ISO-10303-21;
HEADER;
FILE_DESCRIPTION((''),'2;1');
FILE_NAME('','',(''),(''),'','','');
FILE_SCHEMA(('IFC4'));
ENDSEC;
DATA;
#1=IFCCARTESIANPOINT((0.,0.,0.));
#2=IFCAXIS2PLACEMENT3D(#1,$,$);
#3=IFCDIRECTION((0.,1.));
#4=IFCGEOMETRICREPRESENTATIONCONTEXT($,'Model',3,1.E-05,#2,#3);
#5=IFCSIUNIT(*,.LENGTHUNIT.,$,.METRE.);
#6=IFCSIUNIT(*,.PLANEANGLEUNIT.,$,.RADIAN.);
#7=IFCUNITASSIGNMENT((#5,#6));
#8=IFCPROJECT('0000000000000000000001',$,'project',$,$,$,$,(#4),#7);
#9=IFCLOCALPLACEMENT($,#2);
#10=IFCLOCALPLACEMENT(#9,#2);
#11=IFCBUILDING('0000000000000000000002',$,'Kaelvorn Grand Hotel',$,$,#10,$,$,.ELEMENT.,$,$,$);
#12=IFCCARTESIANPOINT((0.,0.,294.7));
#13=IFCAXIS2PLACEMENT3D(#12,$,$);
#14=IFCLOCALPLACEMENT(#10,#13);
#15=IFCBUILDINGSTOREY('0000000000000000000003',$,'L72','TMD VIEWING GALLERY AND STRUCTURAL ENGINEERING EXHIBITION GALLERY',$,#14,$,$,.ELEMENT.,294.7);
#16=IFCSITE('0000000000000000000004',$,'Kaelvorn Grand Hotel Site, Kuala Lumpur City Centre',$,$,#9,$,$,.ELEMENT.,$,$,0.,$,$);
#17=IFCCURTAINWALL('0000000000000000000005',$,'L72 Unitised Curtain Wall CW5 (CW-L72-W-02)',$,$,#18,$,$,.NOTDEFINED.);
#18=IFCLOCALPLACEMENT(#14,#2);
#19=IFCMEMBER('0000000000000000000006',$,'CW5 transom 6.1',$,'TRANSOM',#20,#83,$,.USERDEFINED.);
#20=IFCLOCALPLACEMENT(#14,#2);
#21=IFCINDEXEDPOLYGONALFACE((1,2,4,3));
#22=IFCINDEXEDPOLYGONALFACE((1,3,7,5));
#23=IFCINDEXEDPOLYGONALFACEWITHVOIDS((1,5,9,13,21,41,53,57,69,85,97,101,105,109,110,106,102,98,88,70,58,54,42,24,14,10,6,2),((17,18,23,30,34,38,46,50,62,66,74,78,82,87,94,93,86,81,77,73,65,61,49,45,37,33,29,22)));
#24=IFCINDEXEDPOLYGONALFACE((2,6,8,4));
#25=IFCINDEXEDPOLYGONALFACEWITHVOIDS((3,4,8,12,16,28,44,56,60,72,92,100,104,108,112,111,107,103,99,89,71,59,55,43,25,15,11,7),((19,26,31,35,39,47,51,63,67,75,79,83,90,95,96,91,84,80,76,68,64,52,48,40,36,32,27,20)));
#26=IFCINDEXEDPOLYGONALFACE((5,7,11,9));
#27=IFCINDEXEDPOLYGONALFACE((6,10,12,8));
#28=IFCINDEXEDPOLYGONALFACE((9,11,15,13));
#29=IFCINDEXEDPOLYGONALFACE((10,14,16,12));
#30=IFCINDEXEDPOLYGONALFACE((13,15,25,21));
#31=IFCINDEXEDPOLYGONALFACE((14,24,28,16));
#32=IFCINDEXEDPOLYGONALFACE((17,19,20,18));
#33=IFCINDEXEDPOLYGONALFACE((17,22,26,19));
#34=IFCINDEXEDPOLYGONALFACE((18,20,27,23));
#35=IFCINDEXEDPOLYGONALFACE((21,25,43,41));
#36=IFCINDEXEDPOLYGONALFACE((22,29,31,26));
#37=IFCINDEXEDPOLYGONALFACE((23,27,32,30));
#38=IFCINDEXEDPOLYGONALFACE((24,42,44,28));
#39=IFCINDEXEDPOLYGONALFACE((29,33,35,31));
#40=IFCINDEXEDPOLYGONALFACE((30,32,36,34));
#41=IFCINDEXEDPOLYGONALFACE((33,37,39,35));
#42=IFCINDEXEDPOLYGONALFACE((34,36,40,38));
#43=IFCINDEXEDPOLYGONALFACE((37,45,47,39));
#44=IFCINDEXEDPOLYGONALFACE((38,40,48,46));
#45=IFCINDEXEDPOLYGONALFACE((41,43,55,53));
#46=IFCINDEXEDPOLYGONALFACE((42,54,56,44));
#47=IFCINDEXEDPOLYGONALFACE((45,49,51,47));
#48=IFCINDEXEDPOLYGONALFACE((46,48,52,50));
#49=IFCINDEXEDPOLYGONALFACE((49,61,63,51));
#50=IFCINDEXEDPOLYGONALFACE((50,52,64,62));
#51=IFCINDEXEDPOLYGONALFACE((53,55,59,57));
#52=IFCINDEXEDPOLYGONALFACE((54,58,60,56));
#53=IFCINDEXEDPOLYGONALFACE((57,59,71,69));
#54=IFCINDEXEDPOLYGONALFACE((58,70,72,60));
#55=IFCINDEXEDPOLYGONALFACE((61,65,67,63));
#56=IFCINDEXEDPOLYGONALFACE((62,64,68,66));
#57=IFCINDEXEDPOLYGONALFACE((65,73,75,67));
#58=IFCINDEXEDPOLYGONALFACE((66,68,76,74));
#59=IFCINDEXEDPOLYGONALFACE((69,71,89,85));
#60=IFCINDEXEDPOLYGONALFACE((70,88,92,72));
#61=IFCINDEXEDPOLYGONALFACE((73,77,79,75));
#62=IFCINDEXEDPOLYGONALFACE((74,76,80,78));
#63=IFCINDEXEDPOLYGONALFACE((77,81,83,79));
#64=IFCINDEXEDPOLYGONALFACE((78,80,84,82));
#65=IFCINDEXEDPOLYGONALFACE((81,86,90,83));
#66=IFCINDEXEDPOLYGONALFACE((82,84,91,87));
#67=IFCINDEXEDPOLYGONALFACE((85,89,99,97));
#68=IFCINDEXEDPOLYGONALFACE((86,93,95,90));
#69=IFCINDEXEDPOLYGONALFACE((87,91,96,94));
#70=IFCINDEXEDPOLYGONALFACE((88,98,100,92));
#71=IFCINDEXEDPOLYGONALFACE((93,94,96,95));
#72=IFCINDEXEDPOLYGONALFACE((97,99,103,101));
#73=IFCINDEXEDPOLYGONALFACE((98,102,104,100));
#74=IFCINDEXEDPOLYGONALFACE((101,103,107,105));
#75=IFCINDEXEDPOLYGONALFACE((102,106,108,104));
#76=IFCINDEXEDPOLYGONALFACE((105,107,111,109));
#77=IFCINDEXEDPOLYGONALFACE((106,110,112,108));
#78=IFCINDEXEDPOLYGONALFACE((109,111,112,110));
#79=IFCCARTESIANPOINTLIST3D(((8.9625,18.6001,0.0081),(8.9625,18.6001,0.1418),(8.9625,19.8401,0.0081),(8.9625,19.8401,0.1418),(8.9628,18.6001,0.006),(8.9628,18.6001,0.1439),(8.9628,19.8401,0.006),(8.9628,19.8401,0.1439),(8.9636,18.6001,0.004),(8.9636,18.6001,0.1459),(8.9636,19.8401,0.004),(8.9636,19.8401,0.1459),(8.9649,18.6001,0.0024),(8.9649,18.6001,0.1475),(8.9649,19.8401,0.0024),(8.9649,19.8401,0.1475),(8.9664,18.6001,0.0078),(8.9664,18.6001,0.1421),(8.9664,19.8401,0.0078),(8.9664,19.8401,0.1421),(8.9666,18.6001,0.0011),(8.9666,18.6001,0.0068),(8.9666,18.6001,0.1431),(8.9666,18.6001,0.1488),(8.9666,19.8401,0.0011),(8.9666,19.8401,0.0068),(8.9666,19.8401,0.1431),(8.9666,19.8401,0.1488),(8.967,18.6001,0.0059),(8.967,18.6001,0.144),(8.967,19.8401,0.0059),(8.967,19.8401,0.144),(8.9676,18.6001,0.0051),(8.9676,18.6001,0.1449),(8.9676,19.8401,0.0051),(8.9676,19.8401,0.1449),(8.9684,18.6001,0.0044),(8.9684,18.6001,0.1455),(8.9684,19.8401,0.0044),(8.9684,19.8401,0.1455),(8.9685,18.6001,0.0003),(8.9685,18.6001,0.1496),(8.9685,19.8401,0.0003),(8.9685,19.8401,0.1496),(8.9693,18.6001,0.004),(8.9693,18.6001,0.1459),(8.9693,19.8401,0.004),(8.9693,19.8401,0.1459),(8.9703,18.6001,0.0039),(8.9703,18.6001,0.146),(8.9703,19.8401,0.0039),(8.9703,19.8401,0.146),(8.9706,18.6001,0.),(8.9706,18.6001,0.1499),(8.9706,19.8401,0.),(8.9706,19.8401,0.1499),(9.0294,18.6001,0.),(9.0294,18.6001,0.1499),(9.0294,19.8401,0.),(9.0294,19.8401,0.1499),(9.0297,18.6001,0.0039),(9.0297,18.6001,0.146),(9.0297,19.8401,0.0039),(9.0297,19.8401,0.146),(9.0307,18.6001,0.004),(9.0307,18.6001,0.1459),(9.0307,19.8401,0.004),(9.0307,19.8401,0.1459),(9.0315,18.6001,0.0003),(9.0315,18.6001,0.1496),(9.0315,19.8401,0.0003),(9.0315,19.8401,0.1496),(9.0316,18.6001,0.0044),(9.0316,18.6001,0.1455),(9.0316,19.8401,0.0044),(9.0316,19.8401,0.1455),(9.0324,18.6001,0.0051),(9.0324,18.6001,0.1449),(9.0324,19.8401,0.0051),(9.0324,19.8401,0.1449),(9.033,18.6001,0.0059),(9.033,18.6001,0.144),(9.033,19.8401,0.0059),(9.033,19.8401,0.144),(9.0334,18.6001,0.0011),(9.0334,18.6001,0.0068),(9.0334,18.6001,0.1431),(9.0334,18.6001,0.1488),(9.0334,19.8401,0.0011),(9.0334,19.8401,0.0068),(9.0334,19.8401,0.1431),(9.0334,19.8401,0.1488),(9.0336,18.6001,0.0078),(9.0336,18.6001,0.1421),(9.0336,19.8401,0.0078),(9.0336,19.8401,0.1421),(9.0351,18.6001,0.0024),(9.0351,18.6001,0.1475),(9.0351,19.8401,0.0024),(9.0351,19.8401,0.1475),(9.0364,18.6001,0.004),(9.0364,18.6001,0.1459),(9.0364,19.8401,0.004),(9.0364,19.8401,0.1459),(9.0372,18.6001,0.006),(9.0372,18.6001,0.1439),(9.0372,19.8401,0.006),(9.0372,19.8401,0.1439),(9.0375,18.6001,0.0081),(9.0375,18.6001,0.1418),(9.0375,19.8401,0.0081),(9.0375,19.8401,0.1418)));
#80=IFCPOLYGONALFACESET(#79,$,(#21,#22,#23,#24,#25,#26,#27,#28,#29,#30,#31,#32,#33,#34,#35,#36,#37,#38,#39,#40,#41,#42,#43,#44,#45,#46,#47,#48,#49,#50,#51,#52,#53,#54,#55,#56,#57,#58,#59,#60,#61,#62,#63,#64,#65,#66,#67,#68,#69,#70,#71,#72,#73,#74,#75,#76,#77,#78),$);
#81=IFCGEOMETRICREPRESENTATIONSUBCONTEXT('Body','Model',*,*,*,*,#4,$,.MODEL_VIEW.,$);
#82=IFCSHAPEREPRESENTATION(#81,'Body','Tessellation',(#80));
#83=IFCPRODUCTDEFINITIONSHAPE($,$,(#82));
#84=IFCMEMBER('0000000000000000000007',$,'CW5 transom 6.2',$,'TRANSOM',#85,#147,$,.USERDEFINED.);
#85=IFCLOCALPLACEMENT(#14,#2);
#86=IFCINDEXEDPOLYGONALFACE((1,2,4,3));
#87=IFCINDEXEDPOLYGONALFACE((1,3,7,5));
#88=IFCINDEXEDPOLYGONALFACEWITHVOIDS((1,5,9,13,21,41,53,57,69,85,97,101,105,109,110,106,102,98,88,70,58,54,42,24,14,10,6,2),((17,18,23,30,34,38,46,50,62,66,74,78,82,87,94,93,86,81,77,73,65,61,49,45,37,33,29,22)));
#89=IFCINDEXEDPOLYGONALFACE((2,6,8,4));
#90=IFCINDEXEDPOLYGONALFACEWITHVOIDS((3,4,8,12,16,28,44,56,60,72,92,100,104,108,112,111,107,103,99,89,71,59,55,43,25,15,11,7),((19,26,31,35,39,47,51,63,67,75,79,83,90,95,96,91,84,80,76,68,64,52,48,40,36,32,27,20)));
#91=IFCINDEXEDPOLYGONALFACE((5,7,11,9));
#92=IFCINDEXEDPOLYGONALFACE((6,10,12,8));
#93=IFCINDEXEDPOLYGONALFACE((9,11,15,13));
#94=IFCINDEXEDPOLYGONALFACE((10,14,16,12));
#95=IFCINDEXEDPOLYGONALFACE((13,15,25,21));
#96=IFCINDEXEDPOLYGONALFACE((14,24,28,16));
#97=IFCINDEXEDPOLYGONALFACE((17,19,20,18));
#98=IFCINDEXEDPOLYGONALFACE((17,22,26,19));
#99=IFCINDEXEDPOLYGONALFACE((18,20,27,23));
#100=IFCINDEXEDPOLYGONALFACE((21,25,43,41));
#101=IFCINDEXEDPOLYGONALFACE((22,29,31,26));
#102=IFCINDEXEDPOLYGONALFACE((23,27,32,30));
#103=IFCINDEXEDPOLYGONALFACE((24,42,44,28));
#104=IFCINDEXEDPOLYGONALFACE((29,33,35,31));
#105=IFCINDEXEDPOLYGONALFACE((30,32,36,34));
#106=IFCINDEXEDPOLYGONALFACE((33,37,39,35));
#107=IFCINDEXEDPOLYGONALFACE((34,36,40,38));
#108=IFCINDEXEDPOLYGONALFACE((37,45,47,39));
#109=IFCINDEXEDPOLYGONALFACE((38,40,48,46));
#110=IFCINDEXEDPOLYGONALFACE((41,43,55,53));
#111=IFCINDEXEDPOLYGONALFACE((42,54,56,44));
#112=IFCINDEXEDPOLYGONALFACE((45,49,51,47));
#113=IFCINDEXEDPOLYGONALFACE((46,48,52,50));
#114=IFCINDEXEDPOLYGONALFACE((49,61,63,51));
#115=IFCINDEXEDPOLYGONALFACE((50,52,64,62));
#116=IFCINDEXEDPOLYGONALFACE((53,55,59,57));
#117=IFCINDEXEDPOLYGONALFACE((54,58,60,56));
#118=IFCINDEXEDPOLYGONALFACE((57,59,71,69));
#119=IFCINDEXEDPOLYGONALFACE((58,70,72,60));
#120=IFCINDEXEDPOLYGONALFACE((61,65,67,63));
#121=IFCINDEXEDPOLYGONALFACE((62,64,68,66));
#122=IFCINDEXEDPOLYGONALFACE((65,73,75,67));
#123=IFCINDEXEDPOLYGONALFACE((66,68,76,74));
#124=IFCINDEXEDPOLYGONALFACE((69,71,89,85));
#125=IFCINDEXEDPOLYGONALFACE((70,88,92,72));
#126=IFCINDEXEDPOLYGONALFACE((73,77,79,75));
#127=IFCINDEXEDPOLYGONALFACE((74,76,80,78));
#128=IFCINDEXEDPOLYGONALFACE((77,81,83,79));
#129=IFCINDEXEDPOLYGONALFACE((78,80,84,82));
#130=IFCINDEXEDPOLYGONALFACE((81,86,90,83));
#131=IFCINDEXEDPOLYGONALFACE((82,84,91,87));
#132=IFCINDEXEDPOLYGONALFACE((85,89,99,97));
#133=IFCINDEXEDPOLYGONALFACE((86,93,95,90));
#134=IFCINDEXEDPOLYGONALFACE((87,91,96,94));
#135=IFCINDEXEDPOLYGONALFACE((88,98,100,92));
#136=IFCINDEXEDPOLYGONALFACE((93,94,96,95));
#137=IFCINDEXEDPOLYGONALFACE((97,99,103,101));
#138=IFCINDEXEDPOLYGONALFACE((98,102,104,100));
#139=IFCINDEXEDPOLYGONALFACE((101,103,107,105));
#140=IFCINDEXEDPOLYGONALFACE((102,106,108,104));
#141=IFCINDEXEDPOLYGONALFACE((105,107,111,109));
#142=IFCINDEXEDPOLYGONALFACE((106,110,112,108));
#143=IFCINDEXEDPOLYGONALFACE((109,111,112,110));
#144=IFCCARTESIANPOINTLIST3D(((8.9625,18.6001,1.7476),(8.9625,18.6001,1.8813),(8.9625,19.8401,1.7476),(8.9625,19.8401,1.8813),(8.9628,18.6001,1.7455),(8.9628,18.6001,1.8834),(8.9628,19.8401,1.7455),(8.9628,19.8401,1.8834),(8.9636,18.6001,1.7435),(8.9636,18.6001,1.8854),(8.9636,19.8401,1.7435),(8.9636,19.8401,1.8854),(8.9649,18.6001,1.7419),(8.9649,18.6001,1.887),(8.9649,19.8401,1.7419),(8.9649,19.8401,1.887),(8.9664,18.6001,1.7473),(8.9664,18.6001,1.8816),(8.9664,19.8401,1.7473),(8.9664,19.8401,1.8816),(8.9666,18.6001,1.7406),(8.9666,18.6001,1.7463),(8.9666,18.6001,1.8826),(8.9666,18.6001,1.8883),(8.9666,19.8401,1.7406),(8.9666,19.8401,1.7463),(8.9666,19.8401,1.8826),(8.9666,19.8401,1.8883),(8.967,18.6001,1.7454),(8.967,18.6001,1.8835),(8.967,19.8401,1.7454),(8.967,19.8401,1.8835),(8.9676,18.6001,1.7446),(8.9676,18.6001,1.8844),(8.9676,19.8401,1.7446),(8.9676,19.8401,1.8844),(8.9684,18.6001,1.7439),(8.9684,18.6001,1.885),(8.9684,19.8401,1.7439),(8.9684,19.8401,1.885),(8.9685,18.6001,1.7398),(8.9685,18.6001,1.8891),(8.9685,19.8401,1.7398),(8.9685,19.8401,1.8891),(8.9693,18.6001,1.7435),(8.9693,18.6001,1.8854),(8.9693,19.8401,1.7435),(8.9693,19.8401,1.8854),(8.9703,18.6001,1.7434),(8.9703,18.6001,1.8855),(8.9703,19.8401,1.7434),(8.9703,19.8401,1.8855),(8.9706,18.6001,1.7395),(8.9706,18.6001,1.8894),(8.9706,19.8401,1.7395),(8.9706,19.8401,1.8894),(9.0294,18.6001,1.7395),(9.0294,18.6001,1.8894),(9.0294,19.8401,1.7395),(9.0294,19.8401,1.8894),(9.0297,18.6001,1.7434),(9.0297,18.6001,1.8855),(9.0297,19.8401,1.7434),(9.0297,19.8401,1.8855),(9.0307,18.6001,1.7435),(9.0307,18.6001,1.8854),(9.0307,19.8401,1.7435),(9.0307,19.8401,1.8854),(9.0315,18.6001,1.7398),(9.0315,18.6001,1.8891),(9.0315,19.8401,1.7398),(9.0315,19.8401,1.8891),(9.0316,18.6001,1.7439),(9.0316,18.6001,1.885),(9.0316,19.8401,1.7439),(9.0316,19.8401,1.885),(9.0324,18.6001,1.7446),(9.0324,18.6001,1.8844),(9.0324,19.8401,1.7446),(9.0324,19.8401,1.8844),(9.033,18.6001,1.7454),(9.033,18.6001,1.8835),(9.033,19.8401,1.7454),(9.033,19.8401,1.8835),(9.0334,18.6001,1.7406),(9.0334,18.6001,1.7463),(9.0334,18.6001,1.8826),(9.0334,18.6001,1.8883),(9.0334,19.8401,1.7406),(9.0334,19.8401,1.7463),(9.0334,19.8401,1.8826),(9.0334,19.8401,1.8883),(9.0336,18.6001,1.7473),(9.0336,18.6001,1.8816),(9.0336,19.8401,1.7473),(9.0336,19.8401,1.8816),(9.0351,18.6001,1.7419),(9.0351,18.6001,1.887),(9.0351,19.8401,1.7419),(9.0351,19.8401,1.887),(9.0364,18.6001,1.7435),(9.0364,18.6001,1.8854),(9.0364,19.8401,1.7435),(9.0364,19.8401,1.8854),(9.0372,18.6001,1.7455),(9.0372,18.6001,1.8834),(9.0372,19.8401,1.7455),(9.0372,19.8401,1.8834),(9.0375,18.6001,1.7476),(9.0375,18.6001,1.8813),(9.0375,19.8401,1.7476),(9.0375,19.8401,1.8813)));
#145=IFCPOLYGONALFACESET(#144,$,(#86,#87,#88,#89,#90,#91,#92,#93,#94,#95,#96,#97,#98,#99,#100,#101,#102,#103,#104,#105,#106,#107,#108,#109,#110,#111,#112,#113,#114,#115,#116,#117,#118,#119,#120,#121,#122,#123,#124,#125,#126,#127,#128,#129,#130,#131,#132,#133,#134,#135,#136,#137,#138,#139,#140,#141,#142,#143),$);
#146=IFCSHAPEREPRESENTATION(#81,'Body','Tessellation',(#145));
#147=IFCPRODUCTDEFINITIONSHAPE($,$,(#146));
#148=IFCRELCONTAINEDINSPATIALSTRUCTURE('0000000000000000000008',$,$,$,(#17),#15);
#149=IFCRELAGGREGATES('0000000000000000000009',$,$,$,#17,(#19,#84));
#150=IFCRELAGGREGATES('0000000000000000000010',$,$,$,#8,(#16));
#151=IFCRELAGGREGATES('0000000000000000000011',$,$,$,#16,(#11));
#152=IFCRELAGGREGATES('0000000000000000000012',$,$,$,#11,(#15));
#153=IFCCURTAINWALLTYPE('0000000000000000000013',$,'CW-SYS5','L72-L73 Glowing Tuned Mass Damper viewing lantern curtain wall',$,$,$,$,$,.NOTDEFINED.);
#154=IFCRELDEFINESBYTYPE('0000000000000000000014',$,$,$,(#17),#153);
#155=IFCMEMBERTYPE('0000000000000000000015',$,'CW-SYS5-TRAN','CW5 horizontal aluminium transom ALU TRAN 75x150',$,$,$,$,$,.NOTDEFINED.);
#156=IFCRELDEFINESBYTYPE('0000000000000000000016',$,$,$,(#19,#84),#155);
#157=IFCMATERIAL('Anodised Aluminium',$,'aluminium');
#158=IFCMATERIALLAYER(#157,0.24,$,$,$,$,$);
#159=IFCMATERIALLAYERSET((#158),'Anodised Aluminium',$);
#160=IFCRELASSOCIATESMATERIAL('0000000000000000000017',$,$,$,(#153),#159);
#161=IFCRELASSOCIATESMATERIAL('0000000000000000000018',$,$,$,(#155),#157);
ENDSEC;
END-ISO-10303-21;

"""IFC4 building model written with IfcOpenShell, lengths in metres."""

from ifc_helpers import new_model, si_unit, direction, frame, origin, origin_2d, place, context, subcontext, project, spatial, hollow_rectangle, extrude, material, layer, layer_set, material_profile, profile_set, type_object, element, aggregate, save


model = new_model("IFC4")

# Units and contexts
model_context = context("Model", 3, precision=1e-05, world=origin(), true_north=direction((0.0, 1.0)))
body_context = subcontext(model_context, "Body", "Model", "MODEL_VIEW")
ifc_project = project(units=[si_unit("LENGTHUNIT", "METRE"), si_unit("PLANEANGLEUNIT", "RADIAN")], contexts=[model_context])

# Site, building, storey
site_placement = place(None, origin())
site = spatial("IfcSite", under=ifc_project, at=site_placement, Name="Kaelvorn Grand Hotel Site, Kuala Lumpur City Centre", CompositionType="ELEMENT", RefElevation=0.0)
building_placement = place(site_placement, origin())
building = spatial("IfcBuilding", under=site, at=building_placement, Name="Kaelvorn Grand Hotel", CompositionType="ELEMENT")
storey_placement = place(building_placement, frame((0.0, 0.0, 294.7)))
storey = spatial("IfcBuildingStorey", under=building, at=storey_placement, Name="L72", Description="TMD VIEWING GALLERY AND STRUCTURAL ENGINEERING EXHIBITION GALLERY", CompositionType="ELEMENT", Elevation=294.7)

# Curtain wall, members
ifc_material_1 = material(Name="Anodised Aluminium", Category="aluminium")
ifc_layer_1 = layer(ifc_material_1, 0.24)
ifc_layer_set_1 = layer_set([ifc_layer_1], Name="Anodised Aluminium")
curtain_wall_type = type_object("IfcCurtainWallType", Name="CW-SYS5", Description="L72-L73 Glowing Tuned Mass Damper viewing lantern curtain wall", PredefinedType="NOTDEFINED", material=ifc_layer_set_1)
curtain_wall_placement = place(storey_placement, origin())
curtain_wall = element("IfcCurtainWall", 1, at=curtain_wall_placement, inside=storey, type_object=curtain_wall_type, Name="L72 Unitised Curtain Wall CW5 (CW-L72-W-02)", PredefinedType="NOTDEFINED")
ifc_material_profile_1 = material_profile(ifc_material_1, hollow_rectangle(XDim=0.075, YDim=0.1499, WallThickness=0.0039, InnerFilletRadius=0.0039, OuterFilletRadius=0.0081, at=origin_2d()), Name="ALU TRAN 75x150")
ifc_profile_set_1 = profile_set([ifc_material_profile_1], Name="Anodised Aluminium")
member_type_1 = type_object("IfcMemberType", Name="CW-SYS5-TRAN", Description="CW5 horizontal aluminium transom ALU TRAN 75x150", PredefinedType="NOTDEFINED", material=ifc_profile_set_1)
member_1_placement = place(storey_placement, frame((9.0, 19.8401, 0.075), z_axis=(0.0, -1.0, 0.0), x_axis=(1.0, 0.0, 0.0)))
member_1 = element("IfcMember", 2, at=member_1_placement, type_object=member_type_1, Name="CW5 transom 6.1", ObjectType="TRANSOM", PredefinedType="USERDEFINED", context=body_context, shape_type="SweptSolid", body=[
    extrude(hollow_rectangle(XDim=0.075, YDim=0.1499, WallThickness=0.0039, InnerFilletRadius=0.0039, OuterFilletRadius=0.0081, at=origin_2d()), origin(), (0.0, 0.0, 1.0), 1.24),
])
member_2_placement = place(storey_placement, frame((9.0, 19.8401, 1.8145), z_axis=(0.0, -1.0, 0.0), x_axis=(1.0, 0.0, 0.0)))
member_2 = element("IfcMember", 3, at=member_2_placement, type_object=member_type_1, Name="CW5 transom 6.2", ObjectType="TRANSOM", PredefinedType="USERDEFINED", context=body_context, shape_type="SweptSolid", body=[
    extrude(hollow_rectangle(XDim=0.075, YDim=0.1499, WallThickness=0.0039, InnerFilletRadius=0.0039, OuterFilletRadius=0.0081, at=origin_2d()), origin(), (0.0, 0.0, 1.0), 1.24),
])
aggregate(curtain_wall, [member_1, member_2])

save(model, "model.ifc")
